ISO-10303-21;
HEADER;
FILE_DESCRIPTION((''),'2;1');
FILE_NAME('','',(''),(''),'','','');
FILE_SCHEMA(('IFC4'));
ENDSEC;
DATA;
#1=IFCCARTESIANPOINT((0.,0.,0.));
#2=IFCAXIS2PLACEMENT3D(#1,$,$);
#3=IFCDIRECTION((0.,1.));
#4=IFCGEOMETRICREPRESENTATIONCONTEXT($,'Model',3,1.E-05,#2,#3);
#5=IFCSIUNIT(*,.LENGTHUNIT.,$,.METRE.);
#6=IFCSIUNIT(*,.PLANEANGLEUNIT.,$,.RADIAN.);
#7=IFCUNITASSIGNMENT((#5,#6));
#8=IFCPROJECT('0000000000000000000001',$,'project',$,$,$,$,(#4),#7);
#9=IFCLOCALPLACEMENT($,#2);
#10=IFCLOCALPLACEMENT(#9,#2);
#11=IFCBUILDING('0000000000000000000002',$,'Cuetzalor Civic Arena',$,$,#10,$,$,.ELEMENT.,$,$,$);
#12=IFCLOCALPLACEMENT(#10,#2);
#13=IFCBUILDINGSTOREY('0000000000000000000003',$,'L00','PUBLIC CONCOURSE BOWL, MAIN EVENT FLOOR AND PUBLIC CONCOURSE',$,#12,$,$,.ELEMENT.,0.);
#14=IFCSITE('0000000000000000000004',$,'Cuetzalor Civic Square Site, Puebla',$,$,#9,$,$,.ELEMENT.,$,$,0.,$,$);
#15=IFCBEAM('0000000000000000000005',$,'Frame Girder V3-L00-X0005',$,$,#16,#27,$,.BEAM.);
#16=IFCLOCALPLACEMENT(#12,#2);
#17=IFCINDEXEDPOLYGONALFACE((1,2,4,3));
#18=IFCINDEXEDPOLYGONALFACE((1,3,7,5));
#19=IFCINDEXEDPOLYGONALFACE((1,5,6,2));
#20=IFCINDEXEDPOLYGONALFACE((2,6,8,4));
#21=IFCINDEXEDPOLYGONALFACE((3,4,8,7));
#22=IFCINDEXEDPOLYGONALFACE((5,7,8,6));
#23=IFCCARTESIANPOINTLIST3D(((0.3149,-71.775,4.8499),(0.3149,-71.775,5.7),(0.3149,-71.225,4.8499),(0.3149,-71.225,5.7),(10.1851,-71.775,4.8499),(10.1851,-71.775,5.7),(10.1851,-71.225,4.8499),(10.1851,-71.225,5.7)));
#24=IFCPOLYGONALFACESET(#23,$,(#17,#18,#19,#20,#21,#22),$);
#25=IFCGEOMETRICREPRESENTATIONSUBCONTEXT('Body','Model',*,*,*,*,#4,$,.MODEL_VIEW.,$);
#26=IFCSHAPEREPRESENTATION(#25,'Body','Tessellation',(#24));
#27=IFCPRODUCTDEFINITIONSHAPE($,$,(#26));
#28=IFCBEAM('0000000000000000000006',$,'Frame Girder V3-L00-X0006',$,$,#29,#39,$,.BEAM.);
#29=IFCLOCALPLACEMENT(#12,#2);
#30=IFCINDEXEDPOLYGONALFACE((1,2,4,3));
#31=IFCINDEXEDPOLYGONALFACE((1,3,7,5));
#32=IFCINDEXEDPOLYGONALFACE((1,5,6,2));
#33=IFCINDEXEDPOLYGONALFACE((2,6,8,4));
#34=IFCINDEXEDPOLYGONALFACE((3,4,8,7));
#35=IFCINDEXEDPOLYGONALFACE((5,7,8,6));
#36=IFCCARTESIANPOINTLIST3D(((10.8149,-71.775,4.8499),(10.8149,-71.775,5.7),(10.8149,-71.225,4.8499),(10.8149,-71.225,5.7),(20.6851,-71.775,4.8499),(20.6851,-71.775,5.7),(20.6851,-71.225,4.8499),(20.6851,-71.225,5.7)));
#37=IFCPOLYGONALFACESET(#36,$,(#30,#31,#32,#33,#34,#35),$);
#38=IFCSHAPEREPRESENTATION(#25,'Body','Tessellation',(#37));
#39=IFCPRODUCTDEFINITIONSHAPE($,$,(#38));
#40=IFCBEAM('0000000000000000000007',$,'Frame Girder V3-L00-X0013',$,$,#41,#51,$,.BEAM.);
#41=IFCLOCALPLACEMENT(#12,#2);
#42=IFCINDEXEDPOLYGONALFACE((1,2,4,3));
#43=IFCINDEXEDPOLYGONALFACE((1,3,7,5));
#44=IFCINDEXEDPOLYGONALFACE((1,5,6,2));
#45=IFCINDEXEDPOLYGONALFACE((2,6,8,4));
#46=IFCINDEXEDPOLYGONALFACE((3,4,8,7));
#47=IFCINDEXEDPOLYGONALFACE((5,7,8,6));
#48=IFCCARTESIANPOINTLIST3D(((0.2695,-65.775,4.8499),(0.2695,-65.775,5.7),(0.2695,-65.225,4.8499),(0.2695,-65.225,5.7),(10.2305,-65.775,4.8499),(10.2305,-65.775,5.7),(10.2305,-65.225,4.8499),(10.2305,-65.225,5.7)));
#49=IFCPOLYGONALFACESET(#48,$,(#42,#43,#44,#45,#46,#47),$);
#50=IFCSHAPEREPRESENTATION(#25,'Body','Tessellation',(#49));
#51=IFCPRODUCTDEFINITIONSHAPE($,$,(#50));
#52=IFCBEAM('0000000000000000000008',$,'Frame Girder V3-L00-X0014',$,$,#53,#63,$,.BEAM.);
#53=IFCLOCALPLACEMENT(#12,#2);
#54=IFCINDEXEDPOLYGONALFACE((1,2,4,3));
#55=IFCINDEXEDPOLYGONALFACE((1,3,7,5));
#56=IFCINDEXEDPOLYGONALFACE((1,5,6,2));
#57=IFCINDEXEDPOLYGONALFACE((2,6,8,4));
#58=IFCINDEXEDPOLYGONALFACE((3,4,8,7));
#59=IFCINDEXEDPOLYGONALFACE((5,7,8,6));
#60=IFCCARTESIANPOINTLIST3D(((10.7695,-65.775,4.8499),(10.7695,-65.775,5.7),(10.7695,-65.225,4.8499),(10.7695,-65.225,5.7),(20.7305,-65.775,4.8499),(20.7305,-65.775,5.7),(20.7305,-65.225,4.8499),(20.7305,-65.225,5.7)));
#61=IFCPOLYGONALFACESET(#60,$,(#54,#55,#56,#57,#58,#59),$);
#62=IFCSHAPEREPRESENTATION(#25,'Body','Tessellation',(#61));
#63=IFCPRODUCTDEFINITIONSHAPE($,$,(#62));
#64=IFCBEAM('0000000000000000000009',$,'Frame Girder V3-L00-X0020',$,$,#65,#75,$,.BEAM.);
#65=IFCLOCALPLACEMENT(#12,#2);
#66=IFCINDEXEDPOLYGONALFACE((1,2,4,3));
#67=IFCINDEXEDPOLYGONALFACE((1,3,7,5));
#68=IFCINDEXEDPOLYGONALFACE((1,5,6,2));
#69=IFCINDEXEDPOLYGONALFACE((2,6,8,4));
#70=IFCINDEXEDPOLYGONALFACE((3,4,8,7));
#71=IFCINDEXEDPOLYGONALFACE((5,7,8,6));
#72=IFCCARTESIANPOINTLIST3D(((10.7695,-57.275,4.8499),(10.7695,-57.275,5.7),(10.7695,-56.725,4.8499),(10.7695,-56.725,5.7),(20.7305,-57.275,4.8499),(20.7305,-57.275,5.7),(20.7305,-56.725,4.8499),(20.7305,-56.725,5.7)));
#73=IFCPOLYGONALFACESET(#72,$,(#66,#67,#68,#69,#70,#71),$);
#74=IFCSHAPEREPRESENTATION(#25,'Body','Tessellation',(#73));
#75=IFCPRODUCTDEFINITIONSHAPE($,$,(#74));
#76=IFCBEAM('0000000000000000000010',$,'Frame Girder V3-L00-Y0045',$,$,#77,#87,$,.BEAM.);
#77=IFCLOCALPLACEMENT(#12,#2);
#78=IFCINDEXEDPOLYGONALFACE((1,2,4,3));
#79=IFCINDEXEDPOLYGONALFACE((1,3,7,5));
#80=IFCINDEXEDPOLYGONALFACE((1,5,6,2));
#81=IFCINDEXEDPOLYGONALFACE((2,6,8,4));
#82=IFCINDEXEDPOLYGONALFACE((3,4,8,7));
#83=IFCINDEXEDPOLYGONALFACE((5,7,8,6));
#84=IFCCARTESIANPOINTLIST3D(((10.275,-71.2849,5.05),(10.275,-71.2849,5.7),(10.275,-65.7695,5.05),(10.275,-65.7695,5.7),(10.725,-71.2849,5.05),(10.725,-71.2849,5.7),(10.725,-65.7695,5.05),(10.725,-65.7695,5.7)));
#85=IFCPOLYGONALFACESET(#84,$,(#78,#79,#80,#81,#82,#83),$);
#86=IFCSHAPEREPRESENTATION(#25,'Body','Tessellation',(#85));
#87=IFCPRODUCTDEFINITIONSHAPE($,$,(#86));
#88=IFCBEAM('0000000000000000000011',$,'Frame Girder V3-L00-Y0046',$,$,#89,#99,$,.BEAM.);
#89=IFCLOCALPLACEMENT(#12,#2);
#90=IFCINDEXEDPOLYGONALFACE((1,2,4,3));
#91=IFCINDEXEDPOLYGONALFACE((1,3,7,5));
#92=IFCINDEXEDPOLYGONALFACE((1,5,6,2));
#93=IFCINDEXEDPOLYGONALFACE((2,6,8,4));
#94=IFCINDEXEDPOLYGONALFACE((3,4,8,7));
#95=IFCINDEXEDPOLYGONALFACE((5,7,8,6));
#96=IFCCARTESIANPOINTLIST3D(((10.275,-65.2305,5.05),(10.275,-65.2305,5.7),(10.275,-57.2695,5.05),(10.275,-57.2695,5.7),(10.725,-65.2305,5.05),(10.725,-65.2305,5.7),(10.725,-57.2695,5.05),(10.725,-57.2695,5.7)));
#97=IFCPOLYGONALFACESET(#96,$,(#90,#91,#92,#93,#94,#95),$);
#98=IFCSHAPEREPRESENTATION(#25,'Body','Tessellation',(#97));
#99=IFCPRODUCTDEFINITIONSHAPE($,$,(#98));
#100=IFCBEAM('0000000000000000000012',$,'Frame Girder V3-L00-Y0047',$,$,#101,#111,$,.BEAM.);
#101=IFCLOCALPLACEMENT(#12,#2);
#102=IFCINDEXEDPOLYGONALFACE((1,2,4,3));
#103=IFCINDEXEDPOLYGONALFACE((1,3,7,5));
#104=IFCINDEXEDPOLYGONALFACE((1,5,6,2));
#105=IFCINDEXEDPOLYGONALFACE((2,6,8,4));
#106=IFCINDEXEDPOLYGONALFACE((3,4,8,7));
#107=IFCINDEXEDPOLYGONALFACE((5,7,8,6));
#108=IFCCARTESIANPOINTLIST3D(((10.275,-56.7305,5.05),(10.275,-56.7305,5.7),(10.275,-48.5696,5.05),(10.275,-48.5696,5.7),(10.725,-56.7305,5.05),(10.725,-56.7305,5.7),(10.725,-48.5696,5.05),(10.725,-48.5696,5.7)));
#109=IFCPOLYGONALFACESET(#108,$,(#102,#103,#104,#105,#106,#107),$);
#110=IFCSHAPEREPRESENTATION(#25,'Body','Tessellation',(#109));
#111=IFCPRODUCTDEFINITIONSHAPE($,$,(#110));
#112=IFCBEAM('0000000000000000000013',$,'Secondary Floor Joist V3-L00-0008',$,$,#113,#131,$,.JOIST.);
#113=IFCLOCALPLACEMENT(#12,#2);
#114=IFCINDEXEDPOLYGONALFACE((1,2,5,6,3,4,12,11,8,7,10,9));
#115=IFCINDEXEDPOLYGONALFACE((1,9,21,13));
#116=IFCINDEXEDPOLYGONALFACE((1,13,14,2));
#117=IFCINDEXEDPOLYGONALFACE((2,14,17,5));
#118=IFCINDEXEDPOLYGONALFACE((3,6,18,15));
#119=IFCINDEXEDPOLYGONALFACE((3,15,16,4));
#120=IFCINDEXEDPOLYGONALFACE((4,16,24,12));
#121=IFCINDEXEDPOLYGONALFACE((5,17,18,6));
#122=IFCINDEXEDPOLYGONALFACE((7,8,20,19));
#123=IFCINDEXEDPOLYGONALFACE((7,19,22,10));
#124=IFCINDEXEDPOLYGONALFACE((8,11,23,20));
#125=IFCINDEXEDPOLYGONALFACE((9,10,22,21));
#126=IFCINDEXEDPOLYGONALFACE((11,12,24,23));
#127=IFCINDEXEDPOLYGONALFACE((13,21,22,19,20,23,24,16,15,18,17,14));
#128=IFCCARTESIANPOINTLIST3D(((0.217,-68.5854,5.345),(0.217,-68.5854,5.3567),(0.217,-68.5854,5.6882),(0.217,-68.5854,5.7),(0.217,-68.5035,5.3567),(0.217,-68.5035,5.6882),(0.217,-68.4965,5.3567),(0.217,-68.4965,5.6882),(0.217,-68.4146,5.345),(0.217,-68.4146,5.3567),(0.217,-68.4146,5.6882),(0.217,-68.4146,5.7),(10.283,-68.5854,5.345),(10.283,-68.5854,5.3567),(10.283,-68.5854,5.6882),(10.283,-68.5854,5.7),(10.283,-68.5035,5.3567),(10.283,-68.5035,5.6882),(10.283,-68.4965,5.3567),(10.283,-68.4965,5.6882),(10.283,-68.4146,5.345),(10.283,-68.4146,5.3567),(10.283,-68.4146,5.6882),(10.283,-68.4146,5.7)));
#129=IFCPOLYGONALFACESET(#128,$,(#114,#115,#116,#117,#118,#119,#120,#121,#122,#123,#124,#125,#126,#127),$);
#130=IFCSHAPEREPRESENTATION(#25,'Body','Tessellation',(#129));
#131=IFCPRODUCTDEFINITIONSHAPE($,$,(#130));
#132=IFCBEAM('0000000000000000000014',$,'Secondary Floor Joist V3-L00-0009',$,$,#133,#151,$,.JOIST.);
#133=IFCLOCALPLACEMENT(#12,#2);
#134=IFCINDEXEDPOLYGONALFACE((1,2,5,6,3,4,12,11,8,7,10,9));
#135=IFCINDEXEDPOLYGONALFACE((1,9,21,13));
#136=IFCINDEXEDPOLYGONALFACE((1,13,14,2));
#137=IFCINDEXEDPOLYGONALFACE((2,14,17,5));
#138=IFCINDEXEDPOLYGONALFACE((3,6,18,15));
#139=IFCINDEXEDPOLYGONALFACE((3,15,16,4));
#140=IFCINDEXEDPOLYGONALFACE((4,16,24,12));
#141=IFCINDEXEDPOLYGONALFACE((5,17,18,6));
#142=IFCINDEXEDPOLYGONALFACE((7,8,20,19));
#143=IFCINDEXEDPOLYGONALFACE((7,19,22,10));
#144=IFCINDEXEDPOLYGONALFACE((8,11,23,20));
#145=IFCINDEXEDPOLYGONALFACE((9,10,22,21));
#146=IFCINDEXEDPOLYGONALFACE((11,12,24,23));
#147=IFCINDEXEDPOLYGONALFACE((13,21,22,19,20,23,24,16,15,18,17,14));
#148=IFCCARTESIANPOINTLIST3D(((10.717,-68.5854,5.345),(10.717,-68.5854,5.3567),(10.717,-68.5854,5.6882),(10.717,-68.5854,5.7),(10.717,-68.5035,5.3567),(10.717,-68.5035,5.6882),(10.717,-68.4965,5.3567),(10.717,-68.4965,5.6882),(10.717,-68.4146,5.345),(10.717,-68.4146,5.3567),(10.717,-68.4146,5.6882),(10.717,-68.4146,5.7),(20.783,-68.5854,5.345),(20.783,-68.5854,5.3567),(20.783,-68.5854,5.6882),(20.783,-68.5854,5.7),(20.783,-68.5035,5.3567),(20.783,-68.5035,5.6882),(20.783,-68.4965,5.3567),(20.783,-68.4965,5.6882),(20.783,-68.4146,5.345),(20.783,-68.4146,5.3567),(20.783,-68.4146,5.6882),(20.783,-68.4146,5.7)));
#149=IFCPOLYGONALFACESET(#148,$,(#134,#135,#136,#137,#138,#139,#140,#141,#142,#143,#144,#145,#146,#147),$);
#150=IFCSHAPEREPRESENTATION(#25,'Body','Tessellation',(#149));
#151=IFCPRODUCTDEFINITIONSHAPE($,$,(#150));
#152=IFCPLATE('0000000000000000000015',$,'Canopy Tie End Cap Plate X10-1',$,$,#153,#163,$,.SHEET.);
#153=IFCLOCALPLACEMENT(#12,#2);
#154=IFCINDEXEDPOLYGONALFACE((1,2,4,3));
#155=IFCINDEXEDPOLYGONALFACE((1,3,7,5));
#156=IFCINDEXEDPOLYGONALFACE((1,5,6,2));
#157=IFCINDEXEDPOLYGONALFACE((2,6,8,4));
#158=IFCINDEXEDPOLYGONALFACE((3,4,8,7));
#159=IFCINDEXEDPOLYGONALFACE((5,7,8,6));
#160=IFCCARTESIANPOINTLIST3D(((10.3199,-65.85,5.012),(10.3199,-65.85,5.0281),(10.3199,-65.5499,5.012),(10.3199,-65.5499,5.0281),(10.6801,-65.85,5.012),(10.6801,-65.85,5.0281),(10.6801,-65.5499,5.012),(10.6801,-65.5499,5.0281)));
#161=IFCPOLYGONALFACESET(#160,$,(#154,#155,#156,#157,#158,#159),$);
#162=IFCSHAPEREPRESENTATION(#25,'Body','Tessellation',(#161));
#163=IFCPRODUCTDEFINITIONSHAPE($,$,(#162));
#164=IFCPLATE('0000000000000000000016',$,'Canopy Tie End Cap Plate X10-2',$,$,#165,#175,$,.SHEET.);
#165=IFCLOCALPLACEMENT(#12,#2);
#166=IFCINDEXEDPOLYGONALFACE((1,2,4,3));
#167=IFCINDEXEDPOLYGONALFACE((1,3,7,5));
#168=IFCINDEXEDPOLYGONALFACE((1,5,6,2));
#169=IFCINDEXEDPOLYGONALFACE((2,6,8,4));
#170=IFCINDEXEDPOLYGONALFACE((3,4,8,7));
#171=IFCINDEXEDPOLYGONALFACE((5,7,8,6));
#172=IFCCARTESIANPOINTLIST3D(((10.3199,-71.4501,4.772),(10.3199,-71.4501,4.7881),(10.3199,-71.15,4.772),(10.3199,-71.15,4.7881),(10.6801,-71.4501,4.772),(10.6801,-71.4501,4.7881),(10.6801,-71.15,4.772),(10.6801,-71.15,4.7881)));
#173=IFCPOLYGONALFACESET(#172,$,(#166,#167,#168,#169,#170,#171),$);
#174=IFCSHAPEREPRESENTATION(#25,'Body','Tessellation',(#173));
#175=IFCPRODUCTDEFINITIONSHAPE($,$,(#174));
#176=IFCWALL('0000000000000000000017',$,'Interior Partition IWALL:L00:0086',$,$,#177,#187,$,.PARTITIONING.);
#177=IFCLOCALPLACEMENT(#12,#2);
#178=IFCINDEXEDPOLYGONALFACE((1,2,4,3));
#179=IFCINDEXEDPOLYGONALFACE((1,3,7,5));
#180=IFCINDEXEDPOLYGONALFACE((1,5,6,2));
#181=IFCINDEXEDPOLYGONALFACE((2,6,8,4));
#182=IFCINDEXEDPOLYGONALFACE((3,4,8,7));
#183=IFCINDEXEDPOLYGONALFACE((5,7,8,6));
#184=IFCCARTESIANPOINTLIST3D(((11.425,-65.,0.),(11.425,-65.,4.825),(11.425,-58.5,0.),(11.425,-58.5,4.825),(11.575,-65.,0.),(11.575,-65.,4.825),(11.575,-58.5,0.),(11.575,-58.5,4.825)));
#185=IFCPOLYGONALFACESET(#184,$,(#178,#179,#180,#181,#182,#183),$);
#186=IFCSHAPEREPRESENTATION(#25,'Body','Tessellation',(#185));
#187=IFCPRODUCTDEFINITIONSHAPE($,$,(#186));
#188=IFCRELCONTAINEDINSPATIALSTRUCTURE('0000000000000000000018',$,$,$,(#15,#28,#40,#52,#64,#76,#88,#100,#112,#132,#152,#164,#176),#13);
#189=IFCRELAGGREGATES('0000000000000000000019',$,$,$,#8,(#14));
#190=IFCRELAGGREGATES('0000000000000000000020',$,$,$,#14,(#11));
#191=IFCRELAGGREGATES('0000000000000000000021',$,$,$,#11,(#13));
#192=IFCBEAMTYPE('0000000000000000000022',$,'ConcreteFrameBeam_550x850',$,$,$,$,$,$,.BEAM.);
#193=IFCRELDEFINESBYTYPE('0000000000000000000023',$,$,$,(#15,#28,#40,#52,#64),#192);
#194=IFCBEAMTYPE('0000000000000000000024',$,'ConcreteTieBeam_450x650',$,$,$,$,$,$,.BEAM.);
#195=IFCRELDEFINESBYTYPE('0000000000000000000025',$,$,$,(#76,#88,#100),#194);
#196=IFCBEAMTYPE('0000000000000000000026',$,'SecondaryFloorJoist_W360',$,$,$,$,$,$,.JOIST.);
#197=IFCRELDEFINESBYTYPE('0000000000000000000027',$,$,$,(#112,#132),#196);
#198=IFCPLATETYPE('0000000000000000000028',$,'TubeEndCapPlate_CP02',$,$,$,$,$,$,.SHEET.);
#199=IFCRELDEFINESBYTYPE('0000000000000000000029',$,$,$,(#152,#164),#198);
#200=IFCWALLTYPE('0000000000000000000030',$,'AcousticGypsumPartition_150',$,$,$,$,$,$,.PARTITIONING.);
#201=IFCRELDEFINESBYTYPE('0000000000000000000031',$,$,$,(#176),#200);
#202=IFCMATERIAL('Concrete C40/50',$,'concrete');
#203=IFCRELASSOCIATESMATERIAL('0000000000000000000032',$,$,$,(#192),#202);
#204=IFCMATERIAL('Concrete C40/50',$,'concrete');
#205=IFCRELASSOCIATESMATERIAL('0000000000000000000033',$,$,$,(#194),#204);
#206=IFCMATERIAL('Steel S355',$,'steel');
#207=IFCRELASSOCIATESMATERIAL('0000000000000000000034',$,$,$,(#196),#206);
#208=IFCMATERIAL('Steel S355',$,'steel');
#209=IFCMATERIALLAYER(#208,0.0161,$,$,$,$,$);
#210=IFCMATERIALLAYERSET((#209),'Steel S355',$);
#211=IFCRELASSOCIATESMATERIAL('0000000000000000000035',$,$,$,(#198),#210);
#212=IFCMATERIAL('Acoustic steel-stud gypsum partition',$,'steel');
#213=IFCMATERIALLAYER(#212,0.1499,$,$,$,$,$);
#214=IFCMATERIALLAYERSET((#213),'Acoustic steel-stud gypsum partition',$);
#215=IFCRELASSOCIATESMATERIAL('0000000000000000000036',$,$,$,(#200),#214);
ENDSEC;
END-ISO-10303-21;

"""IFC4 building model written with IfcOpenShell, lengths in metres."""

from ifc_helpers import new_model, si_unit, direction, frame, frame_2d, origin, origin_2d, place, context, subcontext, project, spatial, rectangle, i_section, extrude, material, layer, layer_set, material_profile, profile_set, type_object, element, save


model = new_model("IFC4")

# Units and contexts
model_context = context("Model", 3, precision=1e-05, world=origin(), true_north=direction((0.0, 1.0)))
body_context = subcontext(model_context, "Body", "Model", "MODEL_VIEW")
ifc_project = project(units=[si_unit("LENGTHUNIT", "METRE"), si_unit("PLANEANGLEUNIT", "RADIAN")], contexts=[model_context])

# Site, building, storey
site_placement = place(None, origin())
site = spatial("IfcSite", under=ifc_project, at=site_placement, Name="Cuetzalor Civic Square Site, Puebla", CompositionType="ELEMENT", RefElevation=0.0)
building_placement = place(site_placement, origin())
building = spatial("IfcBuilding", under=site, at=building_placement, Name="Cuetzalor Civic Arena", CompositionType="ELEMENT")
storey_placement = place(building_placement, origin())
storey = spatial("IfcBuildingStorey", under=building, at=storey_placement, Name="L00", Description="PUBLIC CONCOURSE BOWL, MAIN EVENT FLOOR AND PUBLIC CONCOURSE", CompositionType="ELEMENT", Elevation=0.0)

# Beams
ifc_material_1 = material(Name="Concrete C40/50", Category="concrete")
ifc_material_profile_1 = material_profile(ifc_material_1, rectangle(XDim=0.55, YDim=0.8501, at=origin_2d()), Name="RC 550x850")
ifc_profile_set_1 = profile_set([ifc_material_profile_1], Name="Concrete C40/50")
beam_type_1 = type_object("IfcBeamType", Name="ConcreteFrameBeam_550x850", PredefinedType="BEAM", material=ifc_profile_set_1)
for number, where, z_axis, x_axis, name in (
    (1, (0.3149, -71.5, 5.2749), (1.0, 0.0, 0.0), (0.0, 1.0, 0.0), "Frame Girder V3-L00-X0005"),
    (2, (10.8149, -71.5, 5.2749), (1.0, 0.0, 0.0), (0.0, 1.0, 0.0), "Frame Girder V3-L00-X0006"),
):
    element("IfcBeam", number, at=place(storey_placement, frame(where, z_axis=z_axis, x_axis=x_axis)), inside=storey, type_object=beam_type_1, Name=name, PredefinedType="BEAM", context=body_context, shape_type="SweptSolid", body=[
        extrude(rectangle(XDim=0.55, YDim=0.8501, at=origin_2d()), origin(), (0.0, 0.0, 1.0), 9.8701),
    ])
for number, where, z_axis, x_axis, name in (
    (3, (0.2695, -65.5, 5.2749), (1.0, 0.0, 0.0), (0.0, 1.0, 0.0), "Frame Girder V3-L00-X0013"),
    (4, (10.7695, -65.5, 5.2749), (1.0, 0.0, 0.0), (0.0, 1.0, 0.0), "Frame Girder V3-L00-X0014"),
    (5, (10.7695, -57.0, 5.2749), (1.0, 0.0, 0.0), (0.0, 1.0, 0.0), "Frame Girder V3-L00-X0020"),
):
    element("IfcBeam", number, at=place(storey_placement, frame(where, z_axis=z_axis, x_axis=x_axis)), inside=storey, type_object=beam_type_1, Name=name, PredefinedType="BEAM", context=body_context, shape_type="SweptSolid", body=[
        extrude(rectangle(XDim=0.55, YDim=0.8501, at=origin_2d()), origin(), (0.0, 0.0, 1.0), 9.9609),
    ])
ifc_material_2 = material(Name="Concrete C40/50", Category="concrete")
ifc_material_profile_2 = material_profile(ifc_material_2, rectangle(XDim=0.45, YDim=0.6499, at=origin_2d()), Name="RC 450x650")
ifc_profile_set_2 = profile_set([ifc_material_profile_2], Name="Concrete C40/50")
beam_type_2 = type_object("IfcBeamType", Name="ConcreteTieBeam_450x650", PredefinedType="BEAM", material=ifc_profile_set_2)
beam_1_placement = place(storey_placement, frame((10.5, -71.2849, 5.375), z_axis=(0.0, 1.0, 0.0), x_axis=(-1.0, 0.0, 0.0)))
element("IfcBeam", 6, at=beam_1_placement, inside=storey, type_object=beam_type_2, Name="Frame Girder V3-L00-Y0045", PredefinedType="BEAM", context=body_context, shape_type="SweptSolid", body=[
    extrude(rectangle(XDim=0.45, YDim=0.6499, at=origin_2d()), origin(), (0.0, 0.0, 1.0), 5.5154),
])
beam_2_placement = place(storey_placement, frame((10.5, -65.2305, 5.375), z_axis=(0.0, 1.0, 0.0), x_axis=(-1.0, 0.0, 0.0)))
element("IfcBeam", 7, at=beam_2_placement, inside=storey, type_object=beam_type_2, Name="Frame Girder V3-L00-Y0046", PredefinedType="BEAM", context=body_context, shape_type="SweptSolid", body=[
    extrude(rectangle(XDim=0.45, YDim=0.6499, at=origin_2d()), origin(), (0.0, 0.0, 1.0), 7.9609),
])
beam_3_placement = place(storey_placement, frame((10.5, -56.7305, 5.375), z_axis=(0.0, 1.0, 0.0), x_axis=(-1.0, 0.0, 0.0)))
element("IfcBeam", 8, at=beam_3_placement, inside=storey, type_object=beam_type_2, Name="Frame Girder V3-L00-Y0047", PredefinedType="BEAM", context=body_context, shape_type="SweptSolid", body=[
    extrude(rectangle(XDim=0.45, YDim=0.6499, at=origin_2d()), origin(), (0.0, 0.0, 1.0), 8.1609),
])
ifc_material_3 = material(Name="Steel S355", Category="steel")
ifc_material_profile_3 = material_profile(ifc_material_3, i_section(OverallWidth=0.1709, OverallDepth=0.355, WebThickness=0.0071, FlangeThickness=0.0117, at=origin_2d()), Name="W360x51")
ifc_profile_set_3 = profile_set([ifc_material_profile_3], Name="Steel S355")
beam_type_3 = type_object("IfcBeamType", Name="SecondaryFloorJoist_W360", PredefinedType="JOIST", material=ifc_profile_set_3)
for number, where, z_axis, x_axis, name in (
    (9, (0.217, -68.5, 5.5225), (1.0, 0.0, 0.0), (0.0, 1.0, 0.0), "Secondary Floor Joist V3-L00-0008"),
    (10, (10.717, -68.5, 5.5225), (1.0, 0.0, 0.0), (0.0, 1.0, 0.0), "Secondary Floor Joist V3-L00-0009"),
):
    element("IfcBeam", number, at=place(storey_placement, frame(where, z_axis=z_axis, x_axis=x_axis)), inside=storey, type_object=beam_type_3, Name=name, PredefinedType="JOIST", context=body_context, shape_type="SweptSolid", body=[
        extrude(i_section(OverallWidth=0.1709, OverallDepth=0.355, WebThickness=0.0071, FlangeThickness=0.0117, at=origin_2d()), origin(), (0.0, 0.0, 1.0), 10.0659),
    ])

# Plates
ifc_material_4 = material(Name="Steel S355", Category="steel")
ifc_layer_1 = layer(ifc_material_4, 0.0161)
ifc_layer_set_1 = layer_set([ifc_layer_1], Name="Steel S355")
plate_type = type_object("IfcPlateType", Name="TubeEndCapPlate_CP02", PredefinedType="SHEET", material=ifc_layer_set_1)
for number, where, z_axis, x_axis, name in (
    (11, (10.5, -65.7, 5.012), (0.0, 0.0, 1.0), (1.0, 0.0, 0.0), "Canopy Tie End Cap Plate X10-1"),
    (12, (10.5, -71.3, 4.772), (0.0, 0.0, 1.0), (1.0, 0.0, 0.0), "Canopy Tie End Cap Plate X10-2"),
):
    element("IfcPlate", number, at=place(storey_placement, frame(where, z_axis=z_axis, x_axis=x_axis)), inside=storey, type_object=plate_type, Name=name, PredefinedType="SHEET", context=body_context, shape_type="SweptSolid", body=[
        extrude(rectangle(XDim=0.3601, YDim=0.3, at=origin_2d()), origin(), (0.0, 0.0, 1.0), 0.0161),
    ])

# Wall
ifc_material_5 = material(Name="Acoustic steel-stud gypsum partition", Category="steel")
ifc_layer_2 = layer(ifc_material_5, 0.1499)
ifc_layer_set_2 = layer_set([ifc_layer_2], Name="Acoustic steel-stud gypsum partition")
wall_type_1 = type_object("IfcWallType", Name="AcousticGypsumPartition_150", PredefinedType="PARTITIONING", material=ifc_layer_set_2)
wall_1_placement = place(storey_placement, frame((11.5, -65.0, 0.0), z_axis=(0.0, 0.0, 1.0), x_axis=(0.0, 1.0, 0.0)))
element("IfcWall", 13, at=wall_1_placement, inside=storey, type_object=wall_type_1, Name="Interior Partition IWALL:L00:0086", PredefinedType="PARTITIONING", context=body_context, shape_type="SweptSolid", body=[
    extrude(rectangle(XDim=6.5, YDim=0.1499, at=frame_2d((3.25, 0.0))), origin(), (0.0, 0.0, 1.0), 4.825),
])

save(model, "model.ifc")
